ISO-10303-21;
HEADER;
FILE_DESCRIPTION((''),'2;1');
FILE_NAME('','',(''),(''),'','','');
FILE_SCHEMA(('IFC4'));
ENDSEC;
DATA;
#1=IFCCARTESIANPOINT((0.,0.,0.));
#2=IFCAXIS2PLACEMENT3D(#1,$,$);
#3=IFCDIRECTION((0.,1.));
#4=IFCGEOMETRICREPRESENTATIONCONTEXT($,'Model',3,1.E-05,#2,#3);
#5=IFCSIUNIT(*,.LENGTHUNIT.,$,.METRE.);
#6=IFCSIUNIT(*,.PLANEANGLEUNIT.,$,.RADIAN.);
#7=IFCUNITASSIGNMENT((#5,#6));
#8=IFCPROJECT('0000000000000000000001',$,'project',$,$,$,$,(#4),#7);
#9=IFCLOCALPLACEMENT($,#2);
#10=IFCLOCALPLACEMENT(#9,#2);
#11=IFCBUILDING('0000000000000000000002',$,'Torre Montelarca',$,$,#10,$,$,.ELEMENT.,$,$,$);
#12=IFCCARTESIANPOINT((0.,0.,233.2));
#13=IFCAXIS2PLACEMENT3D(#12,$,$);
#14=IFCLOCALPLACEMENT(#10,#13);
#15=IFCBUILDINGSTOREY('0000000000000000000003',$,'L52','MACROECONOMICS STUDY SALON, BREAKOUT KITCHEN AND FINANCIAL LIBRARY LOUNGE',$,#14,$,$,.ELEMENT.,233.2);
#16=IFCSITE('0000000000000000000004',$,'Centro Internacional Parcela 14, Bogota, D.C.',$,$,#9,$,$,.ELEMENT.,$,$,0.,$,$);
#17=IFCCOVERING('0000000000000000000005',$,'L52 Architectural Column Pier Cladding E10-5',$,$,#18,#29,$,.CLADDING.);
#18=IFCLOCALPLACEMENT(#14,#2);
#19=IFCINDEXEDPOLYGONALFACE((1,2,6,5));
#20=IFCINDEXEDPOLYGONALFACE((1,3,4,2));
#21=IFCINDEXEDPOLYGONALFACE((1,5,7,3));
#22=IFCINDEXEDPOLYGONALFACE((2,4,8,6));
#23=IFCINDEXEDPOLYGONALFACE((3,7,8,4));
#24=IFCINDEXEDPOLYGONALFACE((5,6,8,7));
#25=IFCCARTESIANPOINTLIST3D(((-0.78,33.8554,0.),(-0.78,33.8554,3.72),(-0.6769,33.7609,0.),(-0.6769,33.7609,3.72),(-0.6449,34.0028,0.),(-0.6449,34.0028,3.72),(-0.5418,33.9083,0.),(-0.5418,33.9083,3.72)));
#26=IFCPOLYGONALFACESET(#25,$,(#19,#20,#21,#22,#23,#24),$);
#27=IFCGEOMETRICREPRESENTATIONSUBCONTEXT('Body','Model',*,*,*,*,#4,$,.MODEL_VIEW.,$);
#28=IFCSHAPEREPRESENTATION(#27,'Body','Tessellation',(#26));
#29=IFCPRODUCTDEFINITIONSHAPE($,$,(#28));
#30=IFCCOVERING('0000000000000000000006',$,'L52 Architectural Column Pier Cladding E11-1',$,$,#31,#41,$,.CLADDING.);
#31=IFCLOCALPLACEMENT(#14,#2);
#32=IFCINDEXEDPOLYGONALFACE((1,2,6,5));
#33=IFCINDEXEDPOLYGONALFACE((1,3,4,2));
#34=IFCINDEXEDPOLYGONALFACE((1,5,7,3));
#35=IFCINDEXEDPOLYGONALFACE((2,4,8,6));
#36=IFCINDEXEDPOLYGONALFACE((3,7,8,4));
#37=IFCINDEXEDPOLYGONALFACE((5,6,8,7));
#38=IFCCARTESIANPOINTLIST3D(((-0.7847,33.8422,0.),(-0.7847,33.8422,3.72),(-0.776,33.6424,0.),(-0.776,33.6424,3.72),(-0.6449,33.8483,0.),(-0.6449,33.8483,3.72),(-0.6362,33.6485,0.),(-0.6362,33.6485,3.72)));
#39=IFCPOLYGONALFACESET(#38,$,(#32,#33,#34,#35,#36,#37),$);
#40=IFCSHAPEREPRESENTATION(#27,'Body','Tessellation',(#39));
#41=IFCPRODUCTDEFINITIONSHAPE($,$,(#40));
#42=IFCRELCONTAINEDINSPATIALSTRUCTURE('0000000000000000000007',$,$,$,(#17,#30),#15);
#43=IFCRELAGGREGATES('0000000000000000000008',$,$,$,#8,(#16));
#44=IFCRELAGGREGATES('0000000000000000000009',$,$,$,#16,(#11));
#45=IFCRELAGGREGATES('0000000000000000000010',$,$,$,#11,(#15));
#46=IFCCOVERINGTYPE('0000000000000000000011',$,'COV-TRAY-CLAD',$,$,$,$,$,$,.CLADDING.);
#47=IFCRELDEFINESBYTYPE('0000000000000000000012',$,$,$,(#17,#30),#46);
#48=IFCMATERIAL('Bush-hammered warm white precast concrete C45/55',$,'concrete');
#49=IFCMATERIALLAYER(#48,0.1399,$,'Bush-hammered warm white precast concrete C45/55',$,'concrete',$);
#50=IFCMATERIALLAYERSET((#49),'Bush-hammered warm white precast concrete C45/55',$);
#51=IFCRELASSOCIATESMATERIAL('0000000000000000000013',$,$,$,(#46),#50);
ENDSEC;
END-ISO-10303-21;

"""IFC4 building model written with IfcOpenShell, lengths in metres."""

from ifc_helpers import new_model, si_unit, direction, frame, origin, origin_2d, place, context, subcontext, project, spatial, rectangle, extrude, source, transform, mapped, material, layer, layer_set, type_object, element, save


model = new_model("IFC4")

# Units and contexts
model_context = context("Model", 3, precision=1e-05, world=origin(), true_north=direction((0.0, 1.0)))
body_context = subcontext(model_context, "Body", "Model", "MODEL_VIEW")
ifc_project = project(units=[si_unit("LENGTHUNIT", "METRE"), si_unit("PLANEANGLEUNIT", "RADIAN")], contexts=[model_context])

# Site, building, storey
site_placement = place(None, origin())
site = spatial("IfcSite", under=ifc_project, at=site_placement, Name="Centro Internacional Parcela 14, Bogota, D.C.", CompositionType="ELEMENT", RefElevation=0.0)
building_placement = place(site_placement, origin())
building = spatial("IfcBuilding", under=site, at=building_placement, Name="Torre Montelarca", CompositionType="ELEMENT")
storey_placement = place(building_placement, frame((0.0, 0.0, 233.2)))
storey = spatial("IfcBuildingStorey", under=building, at=storey_placement, Name="L52", Description="MACROECONOMICS STUDY SALON, BREAKOUT KITCHEN AND FINANCIAL LIBRARY LOUNGE", CompositionType="ELEMENT", Elevation=233.2)

# Coverings
ifc_material_1 = material(Name="Bush-hammered warm white precast concrete C45/55", Category="concrete")
ifc_layer_1 = layer(ifc_material_1, 0.1399, Name="Bush-hammered warm white precast concrete C45/55", Category="concrete")
ifc_layer_set_1 = layer_set([ifc_layer_1], Name="Bush-hammered warm white precast concrete C45/55")
covering_type = type_object("IfcCoveringType", Name="COV-TRAY-CLAD", PredefinedType="CLADDING", material=ifc_layer_set_1)
shared_shape_1 = source(origin(), body_context, "Body", "SweptSolid", [
    extrude(rectangle(XDim=0.2, YDim=0.1399, at=origin_2d()), origin(), (0.0, 0.0, 1.0), 3.72),
])
for number, where, z_axis, x_axis, name in (
    (1, (-0.6609, 33.8818, 0.0), (0.0, 0.0, 1.0), (-0.675589, -0.737279, 0.0), "L52 Architectural Column Pier Cladding E10-5"),
    (2, (-0.7104, 33.7454, 0.0), (0.0, 0.0, 1.0), (0.043628, -0.999048, 0.0), "L52 Architectural Column Pier Cladding E11-1"),
):
    element("IfcCovering", number, at=place(storey_placement, frame(where, z_axis=z_axis, x_axis=x_axis)), inside=storey, type_object=covering_type, Name=name, PredefinedType="CLADDING", context=body_context, shape_type="MappedRepresentation", body=[
        mapped(shared_shape_1, transform((0.0, 0.0, 0.0), scale=1.0)),
    ])

save(model, "model.ifc")
